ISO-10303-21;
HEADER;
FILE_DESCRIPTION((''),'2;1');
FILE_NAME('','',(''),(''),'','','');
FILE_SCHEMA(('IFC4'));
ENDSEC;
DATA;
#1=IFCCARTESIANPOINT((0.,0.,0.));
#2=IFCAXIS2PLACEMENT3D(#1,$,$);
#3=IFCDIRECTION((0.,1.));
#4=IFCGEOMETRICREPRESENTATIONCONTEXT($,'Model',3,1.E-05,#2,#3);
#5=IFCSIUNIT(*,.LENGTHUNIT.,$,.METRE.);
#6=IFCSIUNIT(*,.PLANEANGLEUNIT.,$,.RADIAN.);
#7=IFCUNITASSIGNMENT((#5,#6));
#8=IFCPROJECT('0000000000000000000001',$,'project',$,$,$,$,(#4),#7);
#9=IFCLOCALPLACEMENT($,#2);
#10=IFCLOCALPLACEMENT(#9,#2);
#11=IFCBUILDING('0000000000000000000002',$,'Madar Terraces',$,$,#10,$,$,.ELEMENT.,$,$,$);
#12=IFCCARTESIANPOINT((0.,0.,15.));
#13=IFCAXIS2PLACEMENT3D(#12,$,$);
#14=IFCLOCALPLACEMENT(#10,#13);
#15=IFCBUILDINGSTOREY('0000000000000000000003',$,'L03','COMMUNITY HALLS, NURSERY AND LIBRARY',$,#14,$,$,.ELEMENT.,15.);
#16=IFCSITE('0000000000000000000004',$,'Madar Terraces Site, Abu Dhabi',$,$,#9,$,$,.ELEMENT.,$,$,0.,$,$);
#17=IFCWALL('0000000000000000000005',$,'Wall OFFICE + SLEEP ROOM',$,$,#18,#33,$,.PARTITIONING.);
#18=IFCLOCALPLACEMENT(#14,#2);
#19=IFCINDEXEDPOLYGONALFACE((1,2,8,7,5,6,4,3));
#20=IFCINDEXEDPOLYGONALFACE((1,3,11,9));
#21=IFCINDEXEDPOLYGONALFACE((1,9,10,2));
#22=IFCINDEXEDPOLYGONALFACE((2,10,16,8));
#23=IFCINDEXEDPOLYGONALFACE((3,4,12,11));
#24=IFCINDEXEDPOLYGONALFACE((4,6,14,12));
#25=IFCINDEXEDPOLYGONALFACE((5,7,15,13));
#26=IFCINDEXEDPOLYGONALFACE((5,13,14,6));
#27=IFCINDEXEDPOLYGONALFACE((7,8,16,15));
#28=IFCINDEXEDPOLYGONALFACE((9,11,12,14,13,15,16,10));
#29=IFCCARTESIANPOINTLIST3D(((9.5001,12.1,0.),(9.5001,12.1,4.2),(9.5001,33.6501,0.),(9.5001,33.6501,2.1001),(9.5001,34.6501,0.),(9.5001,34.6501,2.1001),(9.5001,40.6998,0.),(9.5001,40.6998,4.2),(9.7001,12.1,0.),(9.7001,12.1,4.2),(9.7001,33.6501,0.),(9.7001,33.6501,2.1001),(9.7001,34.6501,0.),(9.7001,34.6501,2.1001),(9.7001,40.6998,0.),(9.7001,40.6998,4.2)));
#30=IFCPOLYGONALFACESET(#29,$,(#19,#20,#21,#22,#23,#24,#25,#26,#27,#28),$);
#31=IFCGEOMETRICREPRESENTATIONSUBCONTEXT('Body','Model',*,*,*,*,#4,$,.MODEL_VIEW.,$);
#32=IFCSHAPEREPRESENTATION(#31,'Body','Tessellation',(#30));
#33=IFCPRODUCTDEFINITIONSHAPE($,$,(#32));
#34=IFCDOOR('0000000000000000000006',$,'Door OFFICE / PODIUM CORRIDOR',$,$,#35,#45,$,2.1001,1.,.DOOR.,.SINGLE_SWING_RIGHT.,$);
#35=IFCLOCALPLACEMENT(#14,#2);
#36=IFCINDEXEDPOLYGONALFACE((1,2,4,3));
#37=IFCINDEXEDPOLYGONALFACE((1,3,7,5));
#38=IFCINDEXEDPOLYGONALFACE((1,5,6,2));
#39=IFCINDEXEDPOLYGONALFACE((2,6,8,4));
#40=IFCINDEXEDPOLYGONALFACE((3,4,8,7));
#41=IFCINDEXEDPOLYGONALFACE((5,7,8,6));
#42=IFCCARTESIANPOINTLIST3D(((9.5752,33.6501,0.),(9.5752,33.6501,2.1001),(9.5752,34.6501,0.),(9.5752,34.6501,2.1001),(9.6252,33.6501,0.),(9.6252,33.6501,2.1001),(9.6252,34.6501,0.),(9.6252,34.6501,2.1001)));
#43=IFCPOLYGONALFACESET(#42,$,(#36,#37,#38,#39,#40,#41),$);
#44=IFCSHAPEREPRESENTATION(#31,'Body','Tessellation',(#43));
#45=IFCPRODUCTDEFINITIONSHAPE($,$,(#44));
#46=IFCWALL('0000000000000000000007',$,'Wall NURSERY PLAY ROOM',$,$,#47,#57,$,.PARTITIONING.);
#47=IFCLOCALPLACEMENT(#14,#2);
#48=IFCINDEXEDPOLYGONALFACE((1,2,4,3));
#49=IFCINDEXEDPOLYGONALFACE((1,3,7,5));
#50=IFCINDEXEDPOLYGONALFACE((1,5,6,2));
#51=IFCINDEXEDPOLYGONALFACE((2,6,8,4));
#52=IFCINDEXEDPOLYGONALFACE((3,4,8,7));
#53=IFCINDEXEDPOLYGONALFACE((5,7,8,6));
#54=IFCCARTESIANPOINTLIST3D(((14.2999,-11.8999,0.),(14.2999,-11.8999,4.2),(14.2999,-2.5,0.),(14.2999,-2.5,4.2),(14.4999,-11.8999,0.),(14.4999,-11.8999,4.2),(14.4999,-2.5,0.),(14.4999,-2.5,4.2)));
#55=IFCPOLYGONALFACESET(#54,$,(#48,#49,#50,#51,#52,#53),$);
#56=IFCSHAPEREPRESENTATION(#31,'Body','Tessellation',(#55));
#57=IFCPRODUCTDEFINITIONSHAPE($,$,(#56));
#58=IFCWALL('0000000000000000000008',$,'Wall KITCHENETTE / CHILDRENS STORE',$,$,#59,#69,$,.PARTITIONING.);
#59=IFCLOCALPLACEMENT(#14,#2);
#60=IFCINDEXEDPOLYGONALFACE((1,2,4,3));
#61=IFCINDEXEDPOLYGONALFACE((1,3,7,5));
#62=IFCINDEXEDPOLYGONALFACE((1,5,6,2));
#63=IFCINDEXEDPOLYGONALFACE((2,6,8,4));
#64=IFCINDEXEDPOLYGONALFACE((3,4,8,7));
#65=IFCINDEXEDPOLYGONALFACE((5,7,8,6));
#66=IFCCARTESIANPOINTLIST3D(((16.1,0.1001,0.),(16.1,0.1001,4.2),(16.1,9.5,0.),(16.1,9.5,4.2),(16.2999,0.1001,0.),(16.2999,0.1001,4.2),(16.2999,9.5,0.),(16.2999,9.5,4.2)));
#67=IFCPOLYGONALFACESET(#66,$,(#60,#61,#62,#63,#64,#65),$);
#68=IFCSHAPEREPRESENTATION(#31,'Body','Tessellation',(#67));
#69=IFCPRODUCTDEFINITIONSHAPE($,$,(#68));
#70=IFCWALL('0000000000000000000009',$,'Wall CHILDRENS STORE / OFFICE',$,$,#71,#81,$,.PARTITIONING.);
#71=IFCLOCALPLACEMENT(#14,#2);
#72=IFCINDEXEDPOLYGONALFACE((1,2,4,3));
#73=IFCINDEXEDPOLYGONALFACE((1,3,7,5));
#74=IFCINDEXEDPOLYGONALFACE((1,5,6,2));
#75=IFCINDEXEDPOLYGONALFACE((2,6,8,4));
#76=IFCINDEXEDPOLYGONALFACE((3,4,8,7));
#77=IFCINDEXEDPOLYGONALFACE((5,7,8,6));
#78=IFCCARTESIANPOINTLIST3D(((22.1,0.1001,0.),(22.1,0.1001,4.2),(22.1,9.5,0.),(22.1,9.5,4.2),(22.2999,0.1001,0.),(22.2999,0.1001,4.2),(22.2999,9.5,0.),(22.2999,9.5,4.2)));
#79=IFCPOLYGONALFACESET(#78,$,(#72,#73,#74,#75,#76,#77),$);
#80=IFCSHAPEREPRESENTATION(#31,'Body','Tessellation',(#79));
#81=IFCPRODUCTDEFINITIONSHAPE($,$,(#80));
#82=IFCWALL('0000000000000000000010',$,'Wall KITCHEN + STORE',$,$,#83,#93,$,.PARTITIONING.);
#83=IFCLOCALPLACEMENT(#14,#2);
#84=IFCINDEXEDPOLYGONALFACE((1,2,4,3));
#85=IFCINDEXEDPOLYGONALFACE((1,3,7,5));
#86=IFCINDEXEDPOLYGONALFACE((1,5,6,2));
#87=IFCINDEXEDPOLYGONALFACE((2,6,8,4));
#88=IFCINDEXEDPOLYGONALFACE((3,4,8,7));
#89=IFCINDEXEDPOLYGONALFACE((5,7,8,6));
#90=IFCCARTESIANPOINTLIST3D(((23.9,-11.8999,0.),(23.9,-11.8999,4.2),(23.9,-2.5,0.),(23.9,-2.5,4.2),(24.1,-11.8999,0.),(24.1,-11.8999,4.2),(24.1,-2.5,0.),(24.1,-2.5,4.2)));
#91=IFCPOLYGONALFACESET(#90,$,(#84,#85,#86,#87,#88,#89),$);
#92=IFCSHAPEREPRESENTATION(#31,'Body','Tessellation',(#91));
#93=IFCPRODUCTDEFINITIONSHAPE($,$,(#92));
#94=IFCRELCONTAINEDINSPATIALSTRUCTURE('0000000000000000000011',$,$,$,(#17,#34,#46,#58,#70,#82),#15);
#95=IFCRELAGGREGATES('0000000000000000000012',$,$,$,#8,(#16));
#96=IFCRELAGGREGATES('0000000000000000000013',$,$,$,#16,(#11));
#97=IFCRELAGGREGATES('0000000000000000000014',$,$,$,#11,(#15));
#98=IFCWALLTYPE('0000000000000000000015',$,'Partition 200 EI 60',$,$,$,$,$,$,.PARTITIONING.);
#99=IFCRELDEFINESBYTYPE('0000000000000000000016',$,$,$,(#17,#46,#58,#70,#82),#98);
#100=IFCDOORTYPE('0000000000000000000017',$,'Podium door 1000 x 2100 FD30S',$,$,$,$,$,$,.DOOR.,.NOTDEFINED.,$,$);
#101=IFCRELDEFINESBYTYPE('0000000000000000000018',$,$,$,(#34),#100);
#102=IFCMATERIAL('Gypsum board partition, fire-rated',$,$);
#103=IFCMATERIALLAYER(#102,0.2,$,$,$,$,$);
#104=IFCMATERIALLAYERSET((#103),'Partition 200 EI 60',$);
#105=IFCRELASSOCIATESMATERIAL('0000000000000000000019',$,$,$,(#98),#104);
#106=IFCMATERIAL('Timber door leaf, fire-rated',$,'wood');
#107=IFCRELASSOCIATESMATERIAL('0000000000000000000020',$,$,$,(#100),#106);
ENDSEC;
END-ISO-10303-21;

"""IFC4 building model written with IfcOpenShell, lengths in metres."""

from ifc_helpers import new_model, si_unit, direction, frame, frame_2d, origin, place, context, subcontext, project, spatial, rectangle, extrude, material, layer, layer_set, type_object, element, fill, save


model = new_model("IFC4")

# Units and contexts
model_context = context("Model", 3, precision=1e-05, world=origin(), true_north=direction((0.0, 1.0)))
body_context = subcontext(model_context, "Body", "Model", "MODEL_VIEW")
ifc_project = project(units=[si_unit("LENGTHUNIT", "METRE"), si_unit("PLANEANGLEUNIT", "RADIAN")], contexts=[model_context])

# Site, building, storey
site_placement = place(None, origin())
site = spatial("IfcSite", under=ifc_project, at=site_placement, Name="Madar Terraces Site, Abu Dhabi", CompositionType="ELEMENT", RefElevation=0.0)
building_placement = place(site_placement, origin())
building = spatial("IfcBuilding", under=site, at=building_placement, Name="Madar Terraces", CompositionType="ELEMENT")
storey_placement = place(building_placement, frame((0.0, 0.0, 15.0)))
storey = spatial("IfcBuildingStorey", under=building, at=storey_placement, Name="L03", Description="COMMUNITY HALLS, NURSERY AND LIBRARY", CompositionType="ELEMENT", Elevation=15.0)

# Shared definitions
ifc_material_1 = material(Name="Gypsum board partition, fire-rated")
ifc_layer_1 = layer(ifc_material_1, 0.2)
ifc_layer_set_1 = layer_set([ifc_layer_1], Name="Partition 200 EI 60")
wall_type = type_object("IfcWallType", Name="Partition 200 EI 60", PredefinedType="PARTITIONING", material=ifc_layer_set_1)

# Wall, opening, door
wall_1_placement = place(storey_placement, frame((9.6001, 12.1001, 0.0), z_axis=(0.0, 0.0, 1.0), x_axis=(0.0, 1.0, 0.0)))
wall_1 = element("IfcWall", 1, at=wall_1_placement, inside=storey, type_object=wall_type, Name="Wall OFFICE + SLEEP ROOM", PredefinedType="PARTITIONING", context=body_context, shape_type="SweptSolid", body=[
    extrude(rectangle(XDim=28.5999, YDim=0.2, at=frame_2d((14.2998, 0.0))), origin(), (0.0, 0.0, 1.0), 4.2),
])
opening_1_placement = place(wall_1_placement, frame((21.55, 0.0, 0.0)))
opening_1 = element("IfcOpeningElement", 2, at=opening_1_placement, cuts=wall_1, PredefinedType="OPENING", context=body_context, shape_type="SweptSolid", body=[
    extrude(rectangle(XDim=1.0, YDim=2.1001, at=frame_2d((0.5, 1.05))), frame((0.0, 0.1099, 0.0), z_axis=(0.0, -1.0, 0.0), x_axis=(1.0, 0.0, 0.0)), (0.0, 0.0, 1.0), 0.22),
])
ifc_material_2 = material(Name="Timber door leaf, fire-rated", Category="wood")
door_type_1 = type_object("IfcDoorType", Name="Podium door 1000 x 2100 FD30S", OperationType="NOTDEFINED", PredefinedType="DOOR", material=ifc_material_2)
door_1_placement = place(opening_1_placement, origin())
door_1 = element("IfcDoor", 3, at=door_1_placement, inside=storey, type_object=door_type_1, Name="Door OFFICE / PODIUM CORRIDOR", OperationType="SINGLE_SWING_RIGHT", OverallHeight=2.1001, OverallWidth=1.0, PredefinedType="DOOR", context=body_context, shape_type="SweptSolid", body=[
    extrude(rectangle(XDim=1.0, YDim=2.1001, at=frame_2d((0.5, 1.05))), frame((0.0, 0.0249, 0.0), z_axis=(0.0, -1.0, 0.0), x_axis=(1.0, 0.0, 0.0)), (0.0, 0.0, 1.0), 0.05),
])
fill(opening_1, door_1)

# Walls
for number, where, z_axis, x_axis, name in (
    (4, (14.3999, -11.8999, 0.0), (0.0, 0.0, 1.0), (0.0, 1.0, 0.0), "Wall NURSERY PLAY ROOM"),
    (5, (16.2, 0.1001, 0.0), (0.0, 0.0, 1.0), (0.0, 1.0, 0.0), "Wall KITCHENETTE / CHILDRENS STORE"),
    (6, (22.2, 0.1001, 0.0), (0.0, 0.0, 1.0), (0.0, 1.0, 0.0), "Wall CHILDRENS STORE / OFFICE"),
    (7, (24.0, -11.8999, 0.0), (0.0, 0.0, 1.0), (0.0, 1.0, 0.0), "Wall KITCHEN + STORE"),
):
    element("IfcWall", number, at=place(storey_placement, frame(where, z_axis=z_axis, x_axis=x_axis)), inside=storey, type_object=wall_type, Name=name, PredefinedType="PARTITIONING", context=body_context, shape_type="SweptSolid", body=[
        extrude(rectangle(XDim=9.3999, YDim=0.2, at=frame_2d((4.7, 0.0))), origin(), (0.0, 0.0, 1.0), 4.2),
    ])

save(model, "model.ifc")
